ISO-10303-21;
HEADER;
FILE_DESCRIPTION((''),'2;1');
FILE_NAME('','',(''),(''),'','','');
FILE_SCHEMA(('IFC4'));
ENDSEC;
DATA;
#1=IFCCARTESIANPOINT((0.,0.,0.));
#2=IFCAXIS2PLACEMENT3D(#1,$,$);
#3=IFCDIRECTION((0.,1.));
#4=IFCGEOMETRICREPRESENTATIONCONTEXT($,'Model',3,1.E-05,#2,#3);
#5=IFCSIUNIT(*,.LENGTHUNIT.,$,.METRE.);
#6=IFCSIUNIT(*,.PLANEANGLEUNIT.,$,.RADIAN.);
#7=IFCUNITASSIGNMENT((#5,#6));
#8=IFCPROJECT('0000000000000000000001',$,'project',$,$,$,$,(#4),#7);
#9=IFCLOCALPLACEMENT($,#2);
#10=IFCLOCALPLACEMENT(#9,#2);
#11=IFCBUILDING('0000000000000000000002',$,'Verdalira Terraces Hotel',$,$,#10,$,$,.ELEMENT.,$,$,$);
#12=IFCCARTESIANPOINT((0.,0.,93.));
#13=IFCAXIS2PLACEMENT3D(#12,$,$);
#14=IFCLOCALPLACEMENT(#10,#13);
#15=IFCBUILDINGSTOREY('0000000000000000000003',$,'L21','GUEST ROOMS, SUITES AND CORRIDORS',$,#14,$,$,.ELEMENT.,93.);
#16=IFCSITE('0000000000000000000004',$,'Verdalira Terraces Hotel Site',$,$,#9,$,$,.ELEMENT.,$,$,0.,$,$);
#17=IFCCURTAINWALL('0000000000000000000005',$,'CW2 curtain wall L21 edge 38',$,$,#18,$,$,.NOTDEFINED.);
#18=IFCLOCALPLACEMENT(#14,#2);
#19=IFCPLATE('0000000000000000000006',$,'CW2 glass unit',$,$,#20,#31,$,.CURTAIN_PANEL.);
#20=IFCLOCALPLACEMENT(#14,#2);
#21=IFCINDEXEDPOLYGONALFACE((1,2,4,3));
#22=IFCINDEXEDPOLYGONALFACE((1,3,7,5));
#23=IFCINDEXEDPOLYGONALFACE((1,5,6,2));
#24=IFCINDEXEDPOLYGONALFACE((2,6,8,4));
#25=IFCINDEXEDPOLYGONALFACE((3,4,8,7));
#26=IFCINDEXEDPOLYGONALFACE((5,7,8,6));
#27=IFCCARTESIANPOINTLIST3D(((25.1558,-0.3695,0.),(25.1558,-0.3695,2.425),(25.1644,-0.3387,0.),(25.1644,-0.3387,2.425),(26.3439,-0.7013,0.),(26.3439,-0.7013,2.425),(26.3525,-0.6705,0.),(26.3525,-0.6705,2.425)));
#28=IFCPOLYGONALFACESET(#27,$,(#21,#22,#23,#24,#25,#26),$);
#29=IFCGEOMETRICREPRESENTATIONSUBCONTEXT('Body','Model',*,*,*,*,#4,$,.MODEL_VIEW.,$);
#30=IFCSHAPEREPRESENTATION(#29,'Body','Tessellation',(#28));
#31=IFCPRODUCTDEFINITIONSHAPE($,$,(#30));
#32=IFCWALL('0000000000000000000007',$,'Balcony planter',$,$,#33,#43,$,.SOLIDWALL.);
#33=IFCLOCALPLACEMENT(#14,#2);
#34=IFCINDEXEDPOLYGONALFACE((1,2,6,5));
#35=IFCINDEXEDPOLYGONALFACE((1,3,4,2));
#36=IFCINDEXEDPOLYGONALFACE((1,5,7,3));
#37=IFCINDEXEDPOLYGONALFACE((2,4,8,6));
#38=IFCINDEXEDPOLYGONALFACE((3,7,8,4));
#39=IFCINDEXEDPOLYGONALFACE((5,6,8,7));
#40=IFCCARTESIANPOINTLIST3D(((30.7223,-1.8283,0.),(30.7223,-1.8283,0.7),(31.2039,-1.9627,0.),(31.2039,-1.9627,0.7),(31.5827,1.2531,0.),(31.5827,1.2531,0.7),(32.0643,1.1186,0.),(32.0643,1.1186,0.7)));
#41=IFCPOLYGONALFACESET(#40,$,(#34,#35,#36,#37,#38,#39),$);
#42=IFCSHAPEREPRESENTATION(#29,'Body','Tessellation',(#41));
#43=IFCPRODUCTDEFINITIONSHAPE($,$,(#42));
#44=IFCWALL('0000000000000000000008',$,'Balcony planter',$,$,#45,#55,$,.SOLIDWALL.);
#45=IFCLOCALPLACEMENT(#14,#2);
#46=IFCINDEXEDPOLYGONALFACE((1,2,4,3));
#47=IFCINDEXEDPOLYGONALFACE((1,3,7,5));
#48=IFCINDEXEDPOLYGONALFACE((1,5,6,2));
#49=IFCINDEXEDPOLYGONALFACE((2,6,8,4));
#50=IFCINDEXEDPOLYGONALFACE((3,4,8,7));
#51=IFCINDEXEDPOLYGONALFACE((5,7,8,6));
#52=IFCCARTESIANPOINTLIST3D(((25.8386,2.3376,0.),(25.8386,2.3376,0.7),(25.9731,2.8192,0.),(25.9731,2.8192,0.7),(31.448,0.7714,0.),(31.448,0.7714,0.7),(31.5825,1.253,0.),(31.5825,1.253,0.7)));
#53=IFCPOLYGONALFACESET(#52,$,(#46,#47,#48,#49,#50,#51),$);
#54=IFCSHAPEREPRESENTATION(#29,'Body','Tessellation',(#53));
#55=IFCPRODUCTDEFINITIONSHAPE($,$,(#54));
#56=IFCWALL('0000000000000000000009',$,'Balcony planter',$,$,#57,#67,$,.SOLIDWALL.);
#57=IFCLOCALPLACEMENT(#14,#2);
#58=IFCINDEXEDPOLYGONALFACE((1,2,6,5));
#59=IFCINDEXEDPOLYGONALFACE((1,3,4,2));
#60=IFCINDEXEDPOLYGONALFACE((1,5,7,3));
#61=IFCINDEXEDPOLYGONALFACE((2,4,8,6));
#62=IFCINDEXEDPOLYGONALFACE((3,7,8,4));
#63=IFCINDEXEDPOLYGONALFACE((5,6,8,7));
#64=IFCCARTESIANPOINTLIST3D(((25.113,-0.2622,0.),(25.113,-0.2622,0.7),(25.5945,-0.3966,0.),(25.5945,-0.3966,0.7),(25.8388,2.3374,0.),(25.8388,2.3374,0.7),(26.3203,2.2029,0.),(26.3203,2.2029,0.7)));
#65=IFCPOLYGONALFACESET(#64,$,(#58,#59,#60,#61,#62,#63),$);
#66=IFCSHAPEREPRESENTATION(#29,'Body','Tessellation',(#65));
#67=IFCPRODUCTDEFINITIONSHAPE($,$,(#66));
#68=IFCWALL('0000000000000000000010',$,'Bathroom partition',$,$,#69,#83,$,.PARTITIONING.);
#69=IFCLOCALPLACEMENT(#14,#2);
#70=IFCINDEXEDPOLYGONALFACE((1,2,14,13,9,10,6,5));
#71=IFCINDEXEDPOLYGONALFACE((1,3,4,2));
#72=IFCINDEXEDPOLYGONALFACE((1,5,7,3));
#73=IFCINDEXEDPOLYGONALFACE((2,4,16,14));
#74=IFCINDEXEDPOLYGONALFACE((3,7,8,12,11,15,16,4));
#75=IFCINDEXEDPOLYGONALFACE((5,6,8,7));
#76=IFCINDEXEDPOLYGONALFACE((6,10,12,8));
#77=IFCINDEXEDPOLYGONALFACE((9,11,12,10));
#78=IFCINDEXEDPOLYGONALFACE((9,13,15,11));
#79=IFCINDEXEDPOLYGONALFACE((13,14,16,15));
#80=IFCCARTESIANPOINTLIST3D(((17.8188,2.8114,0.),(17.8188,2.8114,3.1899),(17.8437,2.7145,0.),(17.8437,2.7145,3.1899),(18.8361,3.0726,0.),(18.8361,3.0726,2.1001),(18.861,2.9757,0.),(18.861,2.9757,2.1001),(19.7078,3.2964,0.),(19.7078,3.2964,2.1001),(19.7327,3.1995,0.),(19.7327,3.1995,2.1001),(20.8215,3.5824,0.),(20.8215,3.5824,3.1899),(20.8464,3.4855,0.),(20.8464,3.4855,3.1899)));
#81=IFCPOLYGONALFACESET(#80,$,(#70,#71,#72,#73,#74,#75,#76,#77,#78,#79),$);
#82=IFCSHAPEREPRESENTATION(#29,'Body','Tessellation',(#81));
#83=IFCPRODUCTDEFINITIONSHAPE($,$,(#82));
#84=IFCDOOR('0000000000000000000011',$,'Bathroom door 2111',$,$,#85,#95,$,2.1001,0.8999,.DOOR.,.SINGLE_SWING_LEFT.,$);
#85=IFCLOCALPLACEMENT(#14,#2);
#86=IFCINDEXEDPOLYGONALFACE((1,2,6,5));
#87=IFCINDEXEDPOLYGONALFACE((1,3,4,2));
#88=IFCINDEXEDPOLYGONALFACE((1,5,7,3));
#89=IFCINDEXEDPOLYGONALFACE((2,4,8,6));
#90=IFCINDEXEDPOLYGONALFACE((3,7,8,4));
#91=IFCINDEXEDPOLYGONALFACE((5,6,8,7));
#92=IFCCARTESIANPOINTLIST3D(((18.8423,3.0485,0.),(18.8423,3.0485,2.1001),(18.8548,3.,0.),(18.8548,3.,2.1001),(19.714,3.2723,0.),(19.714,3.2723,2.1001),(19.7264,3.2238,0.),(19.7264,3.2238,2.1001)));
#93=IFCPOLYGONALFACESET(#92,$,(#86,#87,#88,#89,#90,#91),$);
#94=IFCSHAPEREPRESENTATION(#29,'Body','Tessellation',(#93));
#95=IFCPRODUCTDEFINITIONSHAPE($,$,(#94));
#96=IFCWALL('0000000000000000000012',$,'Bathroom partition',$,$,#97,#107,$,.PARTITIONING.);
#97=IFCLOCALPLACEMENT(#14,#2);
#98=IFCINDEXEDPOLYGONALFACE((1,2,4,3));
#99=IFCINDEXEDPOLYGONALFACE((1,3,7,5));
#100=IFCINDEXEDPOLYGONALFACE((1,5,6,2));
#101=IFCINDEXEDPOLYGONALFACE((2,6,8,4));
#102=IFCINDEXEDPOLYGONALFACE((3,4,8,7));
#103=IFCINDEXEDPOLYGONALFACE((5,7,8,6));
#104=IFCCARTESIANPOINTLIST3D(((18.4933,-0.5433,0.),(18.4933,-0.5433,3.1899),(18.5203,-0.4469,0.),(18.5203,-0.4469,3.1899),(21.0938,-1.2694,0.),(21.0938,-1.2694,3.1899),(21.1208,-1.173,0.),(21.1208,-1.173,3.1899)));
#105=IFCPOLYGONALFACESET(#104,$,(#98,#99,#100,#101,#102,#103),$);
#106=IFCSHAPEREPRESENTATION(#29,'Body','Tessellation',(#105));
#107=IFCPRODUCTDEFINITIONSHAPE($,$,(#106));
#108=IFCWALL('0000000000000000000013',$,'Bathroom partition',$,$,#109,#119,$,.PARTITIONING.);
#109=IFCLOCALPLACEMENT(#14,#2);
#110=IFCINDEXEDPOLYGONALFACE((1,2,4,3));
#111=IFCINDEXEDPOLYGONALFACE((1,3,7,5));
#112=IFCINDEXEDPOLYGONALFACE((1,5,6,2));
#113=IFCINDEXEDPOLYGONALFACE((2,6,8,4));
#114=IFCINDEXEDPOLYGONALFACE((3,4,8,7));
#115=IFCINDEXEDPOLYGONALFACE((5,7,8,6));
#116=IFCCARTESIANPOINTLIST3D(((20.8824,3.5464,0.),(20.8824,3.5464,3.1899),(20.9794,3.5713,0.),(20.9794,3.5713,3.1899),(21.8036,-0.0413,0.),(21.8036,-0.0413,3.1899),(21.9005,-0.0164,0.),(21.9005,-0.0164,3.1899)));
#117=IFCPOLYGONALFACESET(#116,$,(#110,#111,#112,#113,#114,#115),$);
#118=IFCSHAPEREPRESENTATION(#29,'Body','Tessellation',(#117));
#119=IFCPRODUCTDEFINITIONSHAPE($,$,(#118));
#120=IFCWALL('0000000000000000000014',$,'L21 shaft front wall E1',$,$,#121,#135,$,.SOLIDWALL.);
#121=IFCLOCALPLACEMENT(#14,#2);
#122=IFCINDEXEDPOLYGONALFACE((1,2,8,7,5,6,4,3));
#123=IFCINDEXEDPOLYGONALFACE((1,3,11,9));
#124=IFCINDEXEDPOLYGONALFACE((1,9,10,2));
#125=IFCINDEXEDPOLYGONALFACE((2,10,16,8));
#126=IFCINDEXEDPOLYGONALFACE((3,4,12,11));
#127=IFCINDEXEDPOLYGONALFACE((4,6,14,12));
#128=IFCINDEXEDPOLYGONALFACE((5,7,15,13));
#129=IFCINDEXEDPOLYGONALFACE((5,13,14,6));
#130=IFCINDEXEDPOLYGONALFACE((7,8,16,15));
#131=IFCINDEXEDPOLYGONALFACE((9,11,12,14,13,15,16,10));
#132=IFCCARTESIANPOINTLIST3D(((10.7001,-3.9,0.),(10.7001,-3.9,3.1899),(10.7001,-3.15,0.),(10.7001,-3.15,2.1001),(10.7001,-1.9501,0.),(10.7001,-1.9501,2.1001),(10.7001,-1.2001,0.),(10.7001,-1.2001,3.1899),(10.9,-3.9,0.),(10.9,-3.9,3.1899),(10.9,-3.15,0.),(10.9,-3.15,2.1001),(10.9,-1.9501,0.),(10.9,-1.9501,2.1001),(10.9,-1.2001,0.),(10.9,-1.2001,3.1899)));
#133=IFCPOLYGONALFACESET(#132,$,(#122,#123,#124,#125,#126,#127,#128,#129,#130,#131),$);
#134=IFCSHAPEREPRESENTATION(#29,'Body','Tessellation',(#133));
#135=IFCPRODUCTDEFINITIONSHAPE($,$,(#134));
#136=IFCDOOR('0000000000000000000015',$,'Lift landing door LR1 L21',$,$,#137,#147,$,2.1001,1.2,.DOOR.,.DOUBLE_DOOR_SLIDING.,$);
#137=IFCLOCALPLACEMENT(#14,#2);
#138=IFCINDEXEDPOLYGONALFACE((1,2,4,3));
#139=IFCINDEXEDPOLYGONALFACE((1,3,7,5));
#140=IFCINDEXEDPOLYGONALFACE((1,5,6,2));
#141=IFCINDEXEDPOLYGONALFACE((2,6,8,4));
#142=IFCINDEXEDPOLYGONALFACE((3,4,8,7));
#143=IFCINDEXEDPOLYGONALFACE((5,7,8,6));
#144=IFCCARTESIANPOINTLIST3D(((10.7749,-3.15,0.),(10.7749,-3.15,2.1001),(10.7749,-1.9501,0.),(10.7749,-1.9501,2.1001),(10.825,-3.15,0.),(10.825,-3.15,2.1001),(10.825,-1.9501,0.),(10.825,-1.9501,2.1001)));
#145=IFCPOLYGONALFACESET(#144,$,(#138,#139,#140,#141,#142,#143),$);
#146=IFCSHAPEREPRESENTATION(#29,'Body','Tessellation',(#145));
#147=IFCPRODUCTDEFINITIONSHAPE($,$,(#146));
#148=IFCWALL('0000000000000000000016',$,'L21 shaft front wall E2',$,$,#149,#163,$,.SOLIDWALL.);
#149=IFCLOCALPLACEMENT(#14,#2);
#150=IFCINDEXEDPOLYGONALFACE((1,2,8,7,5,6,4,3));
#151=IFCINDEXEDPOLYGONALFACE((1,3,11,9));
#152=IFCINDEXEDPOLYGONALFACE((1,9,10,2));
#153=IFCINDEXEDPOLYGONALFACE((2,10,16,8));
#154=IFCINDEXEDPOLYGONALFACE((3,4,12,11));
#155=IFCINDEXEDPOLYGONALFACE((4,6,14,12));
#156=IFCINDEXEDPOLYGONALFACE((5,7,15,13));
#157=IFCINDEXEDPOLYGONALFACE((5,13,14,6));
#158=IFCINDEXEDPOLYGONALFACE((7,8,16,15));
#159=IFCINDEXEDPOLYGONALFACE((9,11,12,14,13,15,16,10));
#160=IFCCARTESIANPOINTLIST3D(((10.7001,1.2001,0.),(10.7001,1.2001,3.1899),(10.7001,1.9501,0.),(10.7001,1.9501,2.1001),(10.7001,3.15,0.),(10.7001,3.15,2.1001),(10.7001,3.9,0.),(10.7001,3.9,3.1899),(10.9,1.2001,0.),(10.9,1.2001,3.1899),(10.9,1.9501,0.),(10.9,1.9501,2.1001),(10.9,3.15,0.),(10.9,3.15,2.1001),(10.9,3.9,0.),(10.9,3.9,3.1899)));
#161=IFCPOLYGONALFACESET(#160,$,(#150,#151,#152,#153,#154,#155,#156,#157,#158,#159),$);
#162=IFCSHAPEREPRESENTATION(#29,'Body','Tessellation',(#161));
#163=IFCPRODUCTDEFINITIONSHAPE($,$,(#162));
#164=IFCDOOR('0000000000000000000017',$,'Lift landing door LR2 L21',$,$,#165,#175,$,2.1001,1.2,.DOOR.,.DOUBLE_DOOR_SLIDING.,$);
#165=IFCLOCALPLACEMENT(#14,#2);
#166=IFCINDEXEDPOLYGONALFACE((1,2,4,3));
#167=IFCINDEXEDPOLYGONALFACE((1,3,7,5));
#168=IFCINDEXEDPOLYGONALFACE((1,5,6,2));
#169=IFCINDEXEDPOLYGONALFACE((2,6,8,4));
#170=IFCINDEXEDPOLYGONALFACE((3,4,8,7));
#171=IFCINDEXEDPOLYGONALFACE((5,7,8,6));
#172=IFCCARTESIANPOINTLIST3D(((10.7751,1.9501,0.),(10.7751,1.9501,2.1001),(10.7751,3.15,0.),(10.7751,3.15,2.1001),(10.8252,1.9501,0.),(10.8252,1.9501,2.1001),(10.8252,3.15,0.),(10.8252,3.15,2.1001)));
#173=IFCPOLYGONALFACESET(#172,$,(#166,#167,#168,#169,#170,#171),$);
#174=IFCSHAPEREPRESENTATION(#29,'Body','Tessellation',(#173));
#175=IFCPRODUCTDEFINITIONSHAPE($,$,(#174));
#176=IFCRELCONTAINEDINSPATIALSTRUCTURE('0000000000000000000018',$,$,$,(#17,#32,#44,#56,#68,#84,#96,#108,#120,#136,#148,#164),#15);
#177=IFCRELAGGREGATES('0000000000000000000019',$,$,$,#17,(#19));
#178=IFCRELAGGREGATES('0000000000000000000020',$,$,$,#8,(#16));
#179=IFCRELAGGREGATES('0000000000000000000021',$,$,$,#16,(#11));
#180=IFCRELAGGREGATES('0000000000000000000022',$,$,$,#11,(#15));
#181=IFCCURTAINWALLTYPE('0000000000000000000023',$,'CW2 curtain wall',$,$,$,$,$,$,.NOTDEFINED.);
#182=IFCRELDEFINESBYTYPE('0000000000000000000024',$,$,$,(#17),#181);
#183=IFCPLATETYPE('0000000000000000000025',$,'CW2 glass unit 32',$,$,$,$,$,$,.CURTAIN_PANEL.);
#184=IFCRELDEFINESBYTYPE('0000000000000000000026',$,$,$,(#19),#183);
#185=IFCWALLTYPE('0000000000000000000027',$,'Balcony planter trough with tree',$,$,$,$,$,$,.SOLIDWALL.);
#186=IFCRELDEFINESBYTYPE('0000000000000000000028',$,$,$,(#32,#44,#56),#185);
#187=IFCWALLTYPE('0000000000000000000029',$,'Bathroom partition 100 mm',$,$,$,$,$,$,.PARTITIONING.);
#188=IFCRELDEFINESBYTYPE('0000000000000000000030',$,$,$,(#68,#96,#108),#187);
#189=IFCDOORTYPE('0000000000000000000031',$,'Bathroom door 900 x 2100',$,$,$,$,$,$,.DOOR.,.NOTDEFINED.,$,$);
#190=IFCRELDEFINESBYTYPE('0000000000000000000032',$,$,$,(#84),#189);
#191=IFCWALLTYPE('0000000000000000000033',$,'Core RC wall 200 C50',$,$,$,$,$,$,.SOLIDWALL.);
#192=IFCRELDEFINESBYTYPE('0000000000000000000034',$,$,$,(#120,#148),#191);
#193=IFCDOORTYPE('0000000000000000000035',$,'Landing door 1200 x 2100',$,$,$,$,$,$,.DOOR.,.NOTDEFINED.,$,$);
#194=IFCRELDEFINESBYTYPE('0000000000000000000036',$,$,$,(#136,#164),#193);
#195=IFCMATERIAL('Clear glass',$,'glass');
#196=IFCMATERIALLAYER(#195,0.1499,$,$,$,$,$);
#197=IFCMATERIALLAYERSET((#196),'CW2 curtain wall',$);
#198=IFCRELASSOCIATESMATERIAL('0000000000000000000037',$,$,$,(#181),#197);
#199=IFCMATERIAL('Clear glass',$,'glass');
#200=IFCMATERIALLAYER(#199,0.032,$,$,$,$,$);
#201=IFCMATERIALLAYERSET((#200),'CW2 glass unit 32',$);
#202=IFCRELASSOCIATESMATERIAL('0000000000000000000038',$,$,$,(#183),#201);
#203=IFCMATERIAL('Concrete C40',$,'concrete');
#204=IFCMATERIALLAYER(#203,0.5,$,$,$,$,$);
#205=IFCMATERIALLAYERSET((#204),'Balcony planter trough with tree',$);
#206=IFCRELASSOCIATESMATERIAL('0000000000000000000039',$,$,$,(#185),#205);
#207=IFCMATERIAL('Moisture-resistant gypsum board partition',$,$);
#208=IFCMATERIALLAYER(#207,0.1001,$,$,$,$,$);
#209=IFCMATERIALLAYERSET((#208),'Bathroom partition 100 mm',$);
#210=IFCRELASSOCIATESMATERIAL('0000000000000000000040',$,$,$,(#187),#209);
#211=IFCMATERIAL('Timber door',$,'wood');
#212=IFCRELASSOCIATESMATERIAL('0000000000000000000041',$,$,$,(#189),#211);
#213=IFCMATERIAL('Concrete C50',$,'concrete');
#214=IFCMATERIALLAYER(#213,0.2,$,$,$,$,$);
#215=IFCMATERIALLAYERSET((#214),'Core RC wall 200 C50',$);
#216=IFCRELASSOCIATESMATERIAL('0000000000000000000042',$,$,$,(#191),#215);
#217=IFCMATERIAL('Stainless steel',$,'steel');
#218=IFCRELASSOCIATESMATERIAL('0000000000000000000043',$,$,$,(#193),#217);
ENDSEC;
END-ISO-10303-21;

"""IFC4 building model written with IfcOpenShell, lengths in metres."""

from ifc_helpers import new_model, si_unit, direction, frame, frame_2d, origin, origin_2d, place, context, subcontext, project, spatial, rectangle, extrude, material, layer, layer_set, type_object, element, fill, aggregate, save


model = new_model("IFC4")

# Units and contexts
model_context = context("Model", 3, precision=1e-05, world=origin(), true_north=direction((0.0, 1.0)))
body_context = subcontext(model_context, "Body", "Model", "MODEL_VIEW")
ifc_project = project(units=[si_unit("LENGTHUNIT", "METRE"), si_unit("PLANEANGLEUNIT", "RADIAN")], contexts=[model_context])

# Site, building, storey
site_placement = place(None, origin())
site = spatial("IfcSite", under=ifc_project, at=site_placement, Name="Verdalira Terraces Hotel Site", CompositionType="ELEMENT", RefElevation=0.0)
building_placement = place(site_placement, origin())
building = spatial("IfcBuilding", under=site, at=building_placement, Name="Verdalira Terraces Hotel", CompositionType="ELEMENT")
storey_placement = place(building_placement, frame((0.0, 0.0, 93.0)))
storey = spatial("IfcBuildingStorey", under=building, at=storey_placement, Name="L21", Description="GUEST ROOMS, SUITES AND CORRIDORS", CompositionType="ELEMENT", Elevation=93.0)

# Curtain wall
ifc_material_1 = material(Name="Clear glass", Category="glass")
ifc_layer_1 = layer(ifc_material_1, 0.1499)
ifc_layer_set_1 = layer_set([ifc_layer_1], Name="CW2 curtain wall")
curtain_wall_type_1 = type_object("IfcCurtainWallType", Name="CW2 curtain wall", PredefinedType="NOTDEFINED", material=ifc_layer_set_1)
curtain_wall_1_placement = place(storey_placement, origin())
curtain_wall_1 = element("IfcCurtainWall", 1, at=curtain_wall_1_placement, inside=storey, type_object=curtain_wall_type_1, Name="CW2 curtain wall L21 edge 38", PredefinedType="NOTDEFINED")

# Plate
ifc_material_2 = material(Name="Clear glass", Category="glass")
ifc_layer_2 = layer(ifc_material_2, 0.032)
ifc_layer_set_2 = layer_set([ifc_layer_2], Name="CW2 glass unit 32")
plate_type_1 = type_object("IfcPlateType", Name="CW2 glass unit 32", PredefinedType="CURTAIN_PANEL", material=ifc_layer_set_2)
plate_1_placement = place(storey_placement, frame((25.7541, -0.52, 0.0), z_axis=(0.0, 0.0, 1.0), x_axis=(-0.963163, 0.26892, 0.0)))
plate_1 = element("IfcPlate", 2, at=plate_1_placement, type_object=plate_type_1, Name="CW2 glass unit", PredefinedType="CURTAIN_PANEL", context=body_context, shape_type="SweptSolid", body=[
    extrude(rectangle(XDim=1.2336, YDim=0.032, at=origin_2d()), origin(), (0.0, 0.0, 1.0), 2.425),
])
aggregate(curtain_wall_1, [plate_1])

# Walls
ifc_material_3 = material(Name="Concrete C40", Category="concrete")
ifc_layer_3 = layer(ifc_material_3, 0.5)
ifc_layer_set_3 = layer_set([ifc_layer_3], Name="Balcony planter trough with tree")
wall_type_1 = type_object("IfcWallType", Name="Balcony planter trough with tree", PredefinedType="SOLIDWALL", material=ifc_layer_set_3)
wall_1_placement = place(storey_placement, frame((30.9631, -1.8955, 0.0), z_axis=(0.0, 0.0, 1.0), x_axis=(0.268931, 0.96316, 0.0)))
element("IfcWall", 3, at=wall_1_placement, inside=storey, type_object=wall_type_1, Name="Balcony planter", PredefinedType="SOLIDWALL", context=body_context, shape_type="SweptSolid", body=[
    extrude(rectangle(XDim=3.1992, YDim=0.5, at=frame_2d((1.5996, 0.0))), origin(), (0.0, 0.0, 1.0), 0.7),
])
wall_2_placement = place(storey_placement, frame((31.5154, 1.0122, 0.0), z_axis=(0.0, 0.0, 1.0), x_axis=(-0.963163, 0.268919, 0.0)))
element("IfcWall", 4, at=wall_2_placement, inside=storey, type_object=wall_type_1, Name="Balcony planter", PredefinedType="SOLIDWALL", context=body_context, shape_type="SweptSolid", body=[
    extrude(rectangle(XDim=5.824, YDim=0.5, at=frame_2d((2.9121, 0.0))), origin(), (0.0, 0.0, 1.0), 0.7),
])
wall_3_placement = place(storey_placement, frame((26.0796, 2.2703, 0.0), z_axis=(0.0, 0.0, 1.0), x_axis=(-0.268922, -0.963162, 0.0)))
element("IfcWall", 5, at=wall_3_placement, inside=storey, type_object=wall_type_1, Name="Balcony planter", PredefinedType="SOLIDWALL", context=body_context, shape_type="SweptSolid", body=[
    extrude(rectangle(XDim=2.699, YDim=0.5, at=frame_2d((1.3496, 0.0))), origin(), (0.0, 0.0, 1.0), 0.7),
])

# Wall, opening, door
ifc_material_4 = material(Name="Moisture-resistant gypsum board partition")
ifc_layer_4 = layer(ifc_material_4, 0.1001)
ifc_layer_set_4 = layer_set([ifc_layer_4], Name="Bathroom partition 100 mm")
wall_type_2 = type_object("IfcWallType", Name="Bathroom partition 100 mm", PredefinedType="PARTITIONING", material=ifc_layer_set_4)
wall_4_placement = place(storey_placement, frame((20.834, 3.5339, 0.0), z_axis=(0.0, 0.0, 1.0), x_axis=(-0.96858, -0.248701, 0.0)))
wall_4 = element("IfcWall", 6, at=wall_4_placement, inside=storey, type_object=wall_type_2, Name="Bathroom partition", PredefinedType="PARTITIONING", context=body_context, shape_type="SweptSolid", body=[
    extrude(rectangle(XDim=3.1001, YDim=0.1001, at=frame_2d((1.55, 0.0))), origin(), (0.0, 0.0, 1.0), 3.1899),
])
opening_1_placement = place(wall_4_placement, frame((1.1499, 0.0, 0.0)))
opening_1 = element("IfcOpeningElement", 7, at=opening_1_placement, cuts=wall_4, PredefinedType="OPENING", context=body_context, shape_type="SweptSolid", body=[
    extrude(rectangle(XDim=0.8999, YDim=2.1001, at=frame_2d((0.45, 1.05))), frame((0.0, 0.0601, 0.0), z_axis=(0.0, -1.0, 0.0), x_axis=(1.0, 0.0, 0.0)), (0.0, 0.0, 1.0), 0.1201),
])
ifc_material_5 = material(Name="Timber door", Category="wood")
door_type_1 = type_object("IfcDoorType", Name="Bathroom door 900 x 2100", OperationType="NOTDEFINED", PredefinedType="DOOR", material=ifc_material_5)
door_1_placement = place(opening_1_placement, origin())
door_1 = element("IfcDoor", 8, at=door_1_placement, inside=storey, type_object=door_type_1, Name="Bathroom door 2111", OperationType="SINGLE_SWING_LEFT", OverallHeight=2.1001, OverallWidth=0.8999, PredefinedType="DOOR", context=body_context, shape_type="SweptSolid", body=[
    extrude(rectangle(XDim=0.8999, YDim=2.1001, at=frame_2d((0.45, 1.05))), frame((0.0, 0.0249, 0.0), z_axis=(0.0, -1.0, 0.0), x_axis=(1.0, 0.0, 0.0)), (0.0, 0.0, 1.0), 0.05),
])
fill(opening_1, door_1)

# Walls
wall_5_placement = place(storey_placement, frame((21.1074, -1.2212, 0.0), z_axis=(0.0, 0.0, 1.0), x_axis=(-0.963165, 0.268912, 0.0)))
element("IfcWall", 9, at=wall_5_placement, inside=storey, type_object=wall_type_2, Name="Bathroom partition", PredefinedType="PARTITIONING", context=body_context, shape_type="SweptSolid", body=[
    extrude(rectangle(XDim=2.7, YDim=0.1001, at=frame_2d((1.3501, 0.0))), origin(), (0.0, 0.0, 1.0), 3.1899),
])
wall_6_placement = place(storey_placement, frame((20.9309, 3.5588, 0.0), z_axis=(0.0, 0.0, 1.0), x_axis=(0.248688, -0.968584, 0.0)))
element("IfcWall", 10, at=wall_6_placement, inside=storey, type_object=wall_type_2, Name="Bathroom partition", PredefinedType="PARTITIONING", context=body_context, shape_type="SweptSolid", body=[
    extrude(rectangle(XDim=3.7041, YDim=0.1001, at=frame_2d((1.8521, 0.0))), origin(), (0.0, 0.0, 1.0), 3.1899),
])

# Walls, openings, doors
ifc_material_6 = material(Name="Concrete C50", Category="concrete")
ifc_layer_5 = layer(ifc_material_6, 0.2)
ifc_layer_set_5 = layer_set([ifc_layer_5], Name="Core RC wall 200 C50")
wall_type_3 = type_object("IfcWallType", Name="Core RC wall 200 C50", PredefinedType="SOLIDWALL", material=ifc_layer_set_5)
wall_7_placement = place(storey_placement, frame((10.8, -1.2, 0.0), z_axis=(0.0, 0.0, 1.0), x_axis=(0.0, -1.0, 0.0)))
wall_7 = element("IfcWall", 11, at=wall_7_placement, inside=storey, type_object=wall_type_3, Name="L21 shaft front wall E1", PredefinedType="SOLIDWALL", context=body_context, shape_type="SweptSolid", body=[
    extrude(rectangle(XDim=2.7, YDim=0.2, at=frame_2d((1.3501, 0.0))), origin(), (0.0, 0.0, 1.0), 3.1899),
])
opening_2_placement = place(wall_7_placement, frame((0.75, 0.0, 0.0)))
opening_2 = element("IfcOpeningElement", 12, at=opening_2_placement, cuts=wall_7, PredefinedType="OPENING", context=body_context, shape_type="SweptSolid", body=[
    extrude(rectangle(XDim=1.2, YDim=2.1001, at=frame_2d((0.6001, 1.05))), frame((0.0, 0.1099, 0.0), z_axis=(0.0, -1.0, 0.0), x_axis=(1.0, 0.0, 0.0)), (0.0, 0.0, 1.0), 0.22),
])
ifc_material_7 = material(Name="Stainless steel", Category="steel")
door_type_2 = type_object("IfcDoorType", Name="Landing door 1200 x 2100", OperationType="NOTDEFINED", PredefinedType="DOOR", material=ifc_material_7)
door_2_placement = place(opening_2_placement, origin())
door_2 = element("IfcDoor", 13, at=door_2_placement, inside=storey, type_object=door_type_2, Name="Lift landing door LR1 L21", OperationType="DOUBLE_DOOR_SLIDING", OverallHeight=2.1001, OverallWidth=1.2, PredefinedType="DOOR", context=body_context, shape_type="SweptSolid", body=[
    extrude(rectangle(XDim=1.2, YDim=2.1001, at=frame_2d((0.6001, 1.05))), frame((0.0, 0.0249, 0.0), z_axis=(0.0, -1.0, 0.0), x_axis=(1.0, 0.0, 0.0)), (0.0, 0.0, 1.0), 0.05),
])
fill(opening_2, door_2)
wall_8_placement = place(storey_placement, frame((10.8, 1.2, 0.0), z_axis=(0.0, 0.0, 1.0), x_axis=(0.0, 1.0, 0.0)))
wall_8 = element("IfcWall", 14, at=wall_8_placement, inside=storey, type_object=wall_type_3, Name="L21 shaft front wall E2", PredefinedType="SOLIDWALL", context=body_context, shape_type="SweptSolid", body=[
    extrude(rectangle(XDim=2.7, YDim=0.2, at=frame_2d((1.3501, 0.0))), origin(), (0.0, 0.0, 1.0), 3.1899),
])
opening_3_placement = place(wall_8_placement, frame((0.75, 0.0, 0.0)))
opening_3 = element("IfcOpeningElement", 15, at=opening_3_placement, cuts=wall_8, PredefinedType="OPENING", context=body_context, shape_type="SweptSolid", body=[
    extrude(rectangle(XDim=1.2, YDim=2.1001, at=frame_2d((0.6001, 1.05))), frame((0.0, 0.1099, 0.0), z_axis=(0.0, -1.0, 0.0), x_axis=(1.0, 0.0, 0.0)), (0.0, 0.0, 1.0), 0.22),
])
door_3_placement = place(opening_3_placement, origin())
door_3 = element("IfcDoor", 16, at=door_3_placement, inside=storey, type_object=door_type_2, Name="Lift landing door LR2 L21", OperationType="DOUBLE_DOOR_SLIDING", OverallHeight=2.1001, OverallWidth=1.2, PredefinedType="DOOR", context=body_context, shape_type="SweptSolid", body=[
    extrude(rectangle(XDim=1.2, YDim=2.1001, at=frame_2d((0.6001, 1.05))), frame((0.0, 0.0249, 0.0), z_axis=(0.0, -1.0, 0.0), x_axis=(1.0, 0.0, 0.0)), (0.0, 0.0, 1.0), 0.05),
])
fill(opening_3, door_3)

save(model, "model.ifc")
